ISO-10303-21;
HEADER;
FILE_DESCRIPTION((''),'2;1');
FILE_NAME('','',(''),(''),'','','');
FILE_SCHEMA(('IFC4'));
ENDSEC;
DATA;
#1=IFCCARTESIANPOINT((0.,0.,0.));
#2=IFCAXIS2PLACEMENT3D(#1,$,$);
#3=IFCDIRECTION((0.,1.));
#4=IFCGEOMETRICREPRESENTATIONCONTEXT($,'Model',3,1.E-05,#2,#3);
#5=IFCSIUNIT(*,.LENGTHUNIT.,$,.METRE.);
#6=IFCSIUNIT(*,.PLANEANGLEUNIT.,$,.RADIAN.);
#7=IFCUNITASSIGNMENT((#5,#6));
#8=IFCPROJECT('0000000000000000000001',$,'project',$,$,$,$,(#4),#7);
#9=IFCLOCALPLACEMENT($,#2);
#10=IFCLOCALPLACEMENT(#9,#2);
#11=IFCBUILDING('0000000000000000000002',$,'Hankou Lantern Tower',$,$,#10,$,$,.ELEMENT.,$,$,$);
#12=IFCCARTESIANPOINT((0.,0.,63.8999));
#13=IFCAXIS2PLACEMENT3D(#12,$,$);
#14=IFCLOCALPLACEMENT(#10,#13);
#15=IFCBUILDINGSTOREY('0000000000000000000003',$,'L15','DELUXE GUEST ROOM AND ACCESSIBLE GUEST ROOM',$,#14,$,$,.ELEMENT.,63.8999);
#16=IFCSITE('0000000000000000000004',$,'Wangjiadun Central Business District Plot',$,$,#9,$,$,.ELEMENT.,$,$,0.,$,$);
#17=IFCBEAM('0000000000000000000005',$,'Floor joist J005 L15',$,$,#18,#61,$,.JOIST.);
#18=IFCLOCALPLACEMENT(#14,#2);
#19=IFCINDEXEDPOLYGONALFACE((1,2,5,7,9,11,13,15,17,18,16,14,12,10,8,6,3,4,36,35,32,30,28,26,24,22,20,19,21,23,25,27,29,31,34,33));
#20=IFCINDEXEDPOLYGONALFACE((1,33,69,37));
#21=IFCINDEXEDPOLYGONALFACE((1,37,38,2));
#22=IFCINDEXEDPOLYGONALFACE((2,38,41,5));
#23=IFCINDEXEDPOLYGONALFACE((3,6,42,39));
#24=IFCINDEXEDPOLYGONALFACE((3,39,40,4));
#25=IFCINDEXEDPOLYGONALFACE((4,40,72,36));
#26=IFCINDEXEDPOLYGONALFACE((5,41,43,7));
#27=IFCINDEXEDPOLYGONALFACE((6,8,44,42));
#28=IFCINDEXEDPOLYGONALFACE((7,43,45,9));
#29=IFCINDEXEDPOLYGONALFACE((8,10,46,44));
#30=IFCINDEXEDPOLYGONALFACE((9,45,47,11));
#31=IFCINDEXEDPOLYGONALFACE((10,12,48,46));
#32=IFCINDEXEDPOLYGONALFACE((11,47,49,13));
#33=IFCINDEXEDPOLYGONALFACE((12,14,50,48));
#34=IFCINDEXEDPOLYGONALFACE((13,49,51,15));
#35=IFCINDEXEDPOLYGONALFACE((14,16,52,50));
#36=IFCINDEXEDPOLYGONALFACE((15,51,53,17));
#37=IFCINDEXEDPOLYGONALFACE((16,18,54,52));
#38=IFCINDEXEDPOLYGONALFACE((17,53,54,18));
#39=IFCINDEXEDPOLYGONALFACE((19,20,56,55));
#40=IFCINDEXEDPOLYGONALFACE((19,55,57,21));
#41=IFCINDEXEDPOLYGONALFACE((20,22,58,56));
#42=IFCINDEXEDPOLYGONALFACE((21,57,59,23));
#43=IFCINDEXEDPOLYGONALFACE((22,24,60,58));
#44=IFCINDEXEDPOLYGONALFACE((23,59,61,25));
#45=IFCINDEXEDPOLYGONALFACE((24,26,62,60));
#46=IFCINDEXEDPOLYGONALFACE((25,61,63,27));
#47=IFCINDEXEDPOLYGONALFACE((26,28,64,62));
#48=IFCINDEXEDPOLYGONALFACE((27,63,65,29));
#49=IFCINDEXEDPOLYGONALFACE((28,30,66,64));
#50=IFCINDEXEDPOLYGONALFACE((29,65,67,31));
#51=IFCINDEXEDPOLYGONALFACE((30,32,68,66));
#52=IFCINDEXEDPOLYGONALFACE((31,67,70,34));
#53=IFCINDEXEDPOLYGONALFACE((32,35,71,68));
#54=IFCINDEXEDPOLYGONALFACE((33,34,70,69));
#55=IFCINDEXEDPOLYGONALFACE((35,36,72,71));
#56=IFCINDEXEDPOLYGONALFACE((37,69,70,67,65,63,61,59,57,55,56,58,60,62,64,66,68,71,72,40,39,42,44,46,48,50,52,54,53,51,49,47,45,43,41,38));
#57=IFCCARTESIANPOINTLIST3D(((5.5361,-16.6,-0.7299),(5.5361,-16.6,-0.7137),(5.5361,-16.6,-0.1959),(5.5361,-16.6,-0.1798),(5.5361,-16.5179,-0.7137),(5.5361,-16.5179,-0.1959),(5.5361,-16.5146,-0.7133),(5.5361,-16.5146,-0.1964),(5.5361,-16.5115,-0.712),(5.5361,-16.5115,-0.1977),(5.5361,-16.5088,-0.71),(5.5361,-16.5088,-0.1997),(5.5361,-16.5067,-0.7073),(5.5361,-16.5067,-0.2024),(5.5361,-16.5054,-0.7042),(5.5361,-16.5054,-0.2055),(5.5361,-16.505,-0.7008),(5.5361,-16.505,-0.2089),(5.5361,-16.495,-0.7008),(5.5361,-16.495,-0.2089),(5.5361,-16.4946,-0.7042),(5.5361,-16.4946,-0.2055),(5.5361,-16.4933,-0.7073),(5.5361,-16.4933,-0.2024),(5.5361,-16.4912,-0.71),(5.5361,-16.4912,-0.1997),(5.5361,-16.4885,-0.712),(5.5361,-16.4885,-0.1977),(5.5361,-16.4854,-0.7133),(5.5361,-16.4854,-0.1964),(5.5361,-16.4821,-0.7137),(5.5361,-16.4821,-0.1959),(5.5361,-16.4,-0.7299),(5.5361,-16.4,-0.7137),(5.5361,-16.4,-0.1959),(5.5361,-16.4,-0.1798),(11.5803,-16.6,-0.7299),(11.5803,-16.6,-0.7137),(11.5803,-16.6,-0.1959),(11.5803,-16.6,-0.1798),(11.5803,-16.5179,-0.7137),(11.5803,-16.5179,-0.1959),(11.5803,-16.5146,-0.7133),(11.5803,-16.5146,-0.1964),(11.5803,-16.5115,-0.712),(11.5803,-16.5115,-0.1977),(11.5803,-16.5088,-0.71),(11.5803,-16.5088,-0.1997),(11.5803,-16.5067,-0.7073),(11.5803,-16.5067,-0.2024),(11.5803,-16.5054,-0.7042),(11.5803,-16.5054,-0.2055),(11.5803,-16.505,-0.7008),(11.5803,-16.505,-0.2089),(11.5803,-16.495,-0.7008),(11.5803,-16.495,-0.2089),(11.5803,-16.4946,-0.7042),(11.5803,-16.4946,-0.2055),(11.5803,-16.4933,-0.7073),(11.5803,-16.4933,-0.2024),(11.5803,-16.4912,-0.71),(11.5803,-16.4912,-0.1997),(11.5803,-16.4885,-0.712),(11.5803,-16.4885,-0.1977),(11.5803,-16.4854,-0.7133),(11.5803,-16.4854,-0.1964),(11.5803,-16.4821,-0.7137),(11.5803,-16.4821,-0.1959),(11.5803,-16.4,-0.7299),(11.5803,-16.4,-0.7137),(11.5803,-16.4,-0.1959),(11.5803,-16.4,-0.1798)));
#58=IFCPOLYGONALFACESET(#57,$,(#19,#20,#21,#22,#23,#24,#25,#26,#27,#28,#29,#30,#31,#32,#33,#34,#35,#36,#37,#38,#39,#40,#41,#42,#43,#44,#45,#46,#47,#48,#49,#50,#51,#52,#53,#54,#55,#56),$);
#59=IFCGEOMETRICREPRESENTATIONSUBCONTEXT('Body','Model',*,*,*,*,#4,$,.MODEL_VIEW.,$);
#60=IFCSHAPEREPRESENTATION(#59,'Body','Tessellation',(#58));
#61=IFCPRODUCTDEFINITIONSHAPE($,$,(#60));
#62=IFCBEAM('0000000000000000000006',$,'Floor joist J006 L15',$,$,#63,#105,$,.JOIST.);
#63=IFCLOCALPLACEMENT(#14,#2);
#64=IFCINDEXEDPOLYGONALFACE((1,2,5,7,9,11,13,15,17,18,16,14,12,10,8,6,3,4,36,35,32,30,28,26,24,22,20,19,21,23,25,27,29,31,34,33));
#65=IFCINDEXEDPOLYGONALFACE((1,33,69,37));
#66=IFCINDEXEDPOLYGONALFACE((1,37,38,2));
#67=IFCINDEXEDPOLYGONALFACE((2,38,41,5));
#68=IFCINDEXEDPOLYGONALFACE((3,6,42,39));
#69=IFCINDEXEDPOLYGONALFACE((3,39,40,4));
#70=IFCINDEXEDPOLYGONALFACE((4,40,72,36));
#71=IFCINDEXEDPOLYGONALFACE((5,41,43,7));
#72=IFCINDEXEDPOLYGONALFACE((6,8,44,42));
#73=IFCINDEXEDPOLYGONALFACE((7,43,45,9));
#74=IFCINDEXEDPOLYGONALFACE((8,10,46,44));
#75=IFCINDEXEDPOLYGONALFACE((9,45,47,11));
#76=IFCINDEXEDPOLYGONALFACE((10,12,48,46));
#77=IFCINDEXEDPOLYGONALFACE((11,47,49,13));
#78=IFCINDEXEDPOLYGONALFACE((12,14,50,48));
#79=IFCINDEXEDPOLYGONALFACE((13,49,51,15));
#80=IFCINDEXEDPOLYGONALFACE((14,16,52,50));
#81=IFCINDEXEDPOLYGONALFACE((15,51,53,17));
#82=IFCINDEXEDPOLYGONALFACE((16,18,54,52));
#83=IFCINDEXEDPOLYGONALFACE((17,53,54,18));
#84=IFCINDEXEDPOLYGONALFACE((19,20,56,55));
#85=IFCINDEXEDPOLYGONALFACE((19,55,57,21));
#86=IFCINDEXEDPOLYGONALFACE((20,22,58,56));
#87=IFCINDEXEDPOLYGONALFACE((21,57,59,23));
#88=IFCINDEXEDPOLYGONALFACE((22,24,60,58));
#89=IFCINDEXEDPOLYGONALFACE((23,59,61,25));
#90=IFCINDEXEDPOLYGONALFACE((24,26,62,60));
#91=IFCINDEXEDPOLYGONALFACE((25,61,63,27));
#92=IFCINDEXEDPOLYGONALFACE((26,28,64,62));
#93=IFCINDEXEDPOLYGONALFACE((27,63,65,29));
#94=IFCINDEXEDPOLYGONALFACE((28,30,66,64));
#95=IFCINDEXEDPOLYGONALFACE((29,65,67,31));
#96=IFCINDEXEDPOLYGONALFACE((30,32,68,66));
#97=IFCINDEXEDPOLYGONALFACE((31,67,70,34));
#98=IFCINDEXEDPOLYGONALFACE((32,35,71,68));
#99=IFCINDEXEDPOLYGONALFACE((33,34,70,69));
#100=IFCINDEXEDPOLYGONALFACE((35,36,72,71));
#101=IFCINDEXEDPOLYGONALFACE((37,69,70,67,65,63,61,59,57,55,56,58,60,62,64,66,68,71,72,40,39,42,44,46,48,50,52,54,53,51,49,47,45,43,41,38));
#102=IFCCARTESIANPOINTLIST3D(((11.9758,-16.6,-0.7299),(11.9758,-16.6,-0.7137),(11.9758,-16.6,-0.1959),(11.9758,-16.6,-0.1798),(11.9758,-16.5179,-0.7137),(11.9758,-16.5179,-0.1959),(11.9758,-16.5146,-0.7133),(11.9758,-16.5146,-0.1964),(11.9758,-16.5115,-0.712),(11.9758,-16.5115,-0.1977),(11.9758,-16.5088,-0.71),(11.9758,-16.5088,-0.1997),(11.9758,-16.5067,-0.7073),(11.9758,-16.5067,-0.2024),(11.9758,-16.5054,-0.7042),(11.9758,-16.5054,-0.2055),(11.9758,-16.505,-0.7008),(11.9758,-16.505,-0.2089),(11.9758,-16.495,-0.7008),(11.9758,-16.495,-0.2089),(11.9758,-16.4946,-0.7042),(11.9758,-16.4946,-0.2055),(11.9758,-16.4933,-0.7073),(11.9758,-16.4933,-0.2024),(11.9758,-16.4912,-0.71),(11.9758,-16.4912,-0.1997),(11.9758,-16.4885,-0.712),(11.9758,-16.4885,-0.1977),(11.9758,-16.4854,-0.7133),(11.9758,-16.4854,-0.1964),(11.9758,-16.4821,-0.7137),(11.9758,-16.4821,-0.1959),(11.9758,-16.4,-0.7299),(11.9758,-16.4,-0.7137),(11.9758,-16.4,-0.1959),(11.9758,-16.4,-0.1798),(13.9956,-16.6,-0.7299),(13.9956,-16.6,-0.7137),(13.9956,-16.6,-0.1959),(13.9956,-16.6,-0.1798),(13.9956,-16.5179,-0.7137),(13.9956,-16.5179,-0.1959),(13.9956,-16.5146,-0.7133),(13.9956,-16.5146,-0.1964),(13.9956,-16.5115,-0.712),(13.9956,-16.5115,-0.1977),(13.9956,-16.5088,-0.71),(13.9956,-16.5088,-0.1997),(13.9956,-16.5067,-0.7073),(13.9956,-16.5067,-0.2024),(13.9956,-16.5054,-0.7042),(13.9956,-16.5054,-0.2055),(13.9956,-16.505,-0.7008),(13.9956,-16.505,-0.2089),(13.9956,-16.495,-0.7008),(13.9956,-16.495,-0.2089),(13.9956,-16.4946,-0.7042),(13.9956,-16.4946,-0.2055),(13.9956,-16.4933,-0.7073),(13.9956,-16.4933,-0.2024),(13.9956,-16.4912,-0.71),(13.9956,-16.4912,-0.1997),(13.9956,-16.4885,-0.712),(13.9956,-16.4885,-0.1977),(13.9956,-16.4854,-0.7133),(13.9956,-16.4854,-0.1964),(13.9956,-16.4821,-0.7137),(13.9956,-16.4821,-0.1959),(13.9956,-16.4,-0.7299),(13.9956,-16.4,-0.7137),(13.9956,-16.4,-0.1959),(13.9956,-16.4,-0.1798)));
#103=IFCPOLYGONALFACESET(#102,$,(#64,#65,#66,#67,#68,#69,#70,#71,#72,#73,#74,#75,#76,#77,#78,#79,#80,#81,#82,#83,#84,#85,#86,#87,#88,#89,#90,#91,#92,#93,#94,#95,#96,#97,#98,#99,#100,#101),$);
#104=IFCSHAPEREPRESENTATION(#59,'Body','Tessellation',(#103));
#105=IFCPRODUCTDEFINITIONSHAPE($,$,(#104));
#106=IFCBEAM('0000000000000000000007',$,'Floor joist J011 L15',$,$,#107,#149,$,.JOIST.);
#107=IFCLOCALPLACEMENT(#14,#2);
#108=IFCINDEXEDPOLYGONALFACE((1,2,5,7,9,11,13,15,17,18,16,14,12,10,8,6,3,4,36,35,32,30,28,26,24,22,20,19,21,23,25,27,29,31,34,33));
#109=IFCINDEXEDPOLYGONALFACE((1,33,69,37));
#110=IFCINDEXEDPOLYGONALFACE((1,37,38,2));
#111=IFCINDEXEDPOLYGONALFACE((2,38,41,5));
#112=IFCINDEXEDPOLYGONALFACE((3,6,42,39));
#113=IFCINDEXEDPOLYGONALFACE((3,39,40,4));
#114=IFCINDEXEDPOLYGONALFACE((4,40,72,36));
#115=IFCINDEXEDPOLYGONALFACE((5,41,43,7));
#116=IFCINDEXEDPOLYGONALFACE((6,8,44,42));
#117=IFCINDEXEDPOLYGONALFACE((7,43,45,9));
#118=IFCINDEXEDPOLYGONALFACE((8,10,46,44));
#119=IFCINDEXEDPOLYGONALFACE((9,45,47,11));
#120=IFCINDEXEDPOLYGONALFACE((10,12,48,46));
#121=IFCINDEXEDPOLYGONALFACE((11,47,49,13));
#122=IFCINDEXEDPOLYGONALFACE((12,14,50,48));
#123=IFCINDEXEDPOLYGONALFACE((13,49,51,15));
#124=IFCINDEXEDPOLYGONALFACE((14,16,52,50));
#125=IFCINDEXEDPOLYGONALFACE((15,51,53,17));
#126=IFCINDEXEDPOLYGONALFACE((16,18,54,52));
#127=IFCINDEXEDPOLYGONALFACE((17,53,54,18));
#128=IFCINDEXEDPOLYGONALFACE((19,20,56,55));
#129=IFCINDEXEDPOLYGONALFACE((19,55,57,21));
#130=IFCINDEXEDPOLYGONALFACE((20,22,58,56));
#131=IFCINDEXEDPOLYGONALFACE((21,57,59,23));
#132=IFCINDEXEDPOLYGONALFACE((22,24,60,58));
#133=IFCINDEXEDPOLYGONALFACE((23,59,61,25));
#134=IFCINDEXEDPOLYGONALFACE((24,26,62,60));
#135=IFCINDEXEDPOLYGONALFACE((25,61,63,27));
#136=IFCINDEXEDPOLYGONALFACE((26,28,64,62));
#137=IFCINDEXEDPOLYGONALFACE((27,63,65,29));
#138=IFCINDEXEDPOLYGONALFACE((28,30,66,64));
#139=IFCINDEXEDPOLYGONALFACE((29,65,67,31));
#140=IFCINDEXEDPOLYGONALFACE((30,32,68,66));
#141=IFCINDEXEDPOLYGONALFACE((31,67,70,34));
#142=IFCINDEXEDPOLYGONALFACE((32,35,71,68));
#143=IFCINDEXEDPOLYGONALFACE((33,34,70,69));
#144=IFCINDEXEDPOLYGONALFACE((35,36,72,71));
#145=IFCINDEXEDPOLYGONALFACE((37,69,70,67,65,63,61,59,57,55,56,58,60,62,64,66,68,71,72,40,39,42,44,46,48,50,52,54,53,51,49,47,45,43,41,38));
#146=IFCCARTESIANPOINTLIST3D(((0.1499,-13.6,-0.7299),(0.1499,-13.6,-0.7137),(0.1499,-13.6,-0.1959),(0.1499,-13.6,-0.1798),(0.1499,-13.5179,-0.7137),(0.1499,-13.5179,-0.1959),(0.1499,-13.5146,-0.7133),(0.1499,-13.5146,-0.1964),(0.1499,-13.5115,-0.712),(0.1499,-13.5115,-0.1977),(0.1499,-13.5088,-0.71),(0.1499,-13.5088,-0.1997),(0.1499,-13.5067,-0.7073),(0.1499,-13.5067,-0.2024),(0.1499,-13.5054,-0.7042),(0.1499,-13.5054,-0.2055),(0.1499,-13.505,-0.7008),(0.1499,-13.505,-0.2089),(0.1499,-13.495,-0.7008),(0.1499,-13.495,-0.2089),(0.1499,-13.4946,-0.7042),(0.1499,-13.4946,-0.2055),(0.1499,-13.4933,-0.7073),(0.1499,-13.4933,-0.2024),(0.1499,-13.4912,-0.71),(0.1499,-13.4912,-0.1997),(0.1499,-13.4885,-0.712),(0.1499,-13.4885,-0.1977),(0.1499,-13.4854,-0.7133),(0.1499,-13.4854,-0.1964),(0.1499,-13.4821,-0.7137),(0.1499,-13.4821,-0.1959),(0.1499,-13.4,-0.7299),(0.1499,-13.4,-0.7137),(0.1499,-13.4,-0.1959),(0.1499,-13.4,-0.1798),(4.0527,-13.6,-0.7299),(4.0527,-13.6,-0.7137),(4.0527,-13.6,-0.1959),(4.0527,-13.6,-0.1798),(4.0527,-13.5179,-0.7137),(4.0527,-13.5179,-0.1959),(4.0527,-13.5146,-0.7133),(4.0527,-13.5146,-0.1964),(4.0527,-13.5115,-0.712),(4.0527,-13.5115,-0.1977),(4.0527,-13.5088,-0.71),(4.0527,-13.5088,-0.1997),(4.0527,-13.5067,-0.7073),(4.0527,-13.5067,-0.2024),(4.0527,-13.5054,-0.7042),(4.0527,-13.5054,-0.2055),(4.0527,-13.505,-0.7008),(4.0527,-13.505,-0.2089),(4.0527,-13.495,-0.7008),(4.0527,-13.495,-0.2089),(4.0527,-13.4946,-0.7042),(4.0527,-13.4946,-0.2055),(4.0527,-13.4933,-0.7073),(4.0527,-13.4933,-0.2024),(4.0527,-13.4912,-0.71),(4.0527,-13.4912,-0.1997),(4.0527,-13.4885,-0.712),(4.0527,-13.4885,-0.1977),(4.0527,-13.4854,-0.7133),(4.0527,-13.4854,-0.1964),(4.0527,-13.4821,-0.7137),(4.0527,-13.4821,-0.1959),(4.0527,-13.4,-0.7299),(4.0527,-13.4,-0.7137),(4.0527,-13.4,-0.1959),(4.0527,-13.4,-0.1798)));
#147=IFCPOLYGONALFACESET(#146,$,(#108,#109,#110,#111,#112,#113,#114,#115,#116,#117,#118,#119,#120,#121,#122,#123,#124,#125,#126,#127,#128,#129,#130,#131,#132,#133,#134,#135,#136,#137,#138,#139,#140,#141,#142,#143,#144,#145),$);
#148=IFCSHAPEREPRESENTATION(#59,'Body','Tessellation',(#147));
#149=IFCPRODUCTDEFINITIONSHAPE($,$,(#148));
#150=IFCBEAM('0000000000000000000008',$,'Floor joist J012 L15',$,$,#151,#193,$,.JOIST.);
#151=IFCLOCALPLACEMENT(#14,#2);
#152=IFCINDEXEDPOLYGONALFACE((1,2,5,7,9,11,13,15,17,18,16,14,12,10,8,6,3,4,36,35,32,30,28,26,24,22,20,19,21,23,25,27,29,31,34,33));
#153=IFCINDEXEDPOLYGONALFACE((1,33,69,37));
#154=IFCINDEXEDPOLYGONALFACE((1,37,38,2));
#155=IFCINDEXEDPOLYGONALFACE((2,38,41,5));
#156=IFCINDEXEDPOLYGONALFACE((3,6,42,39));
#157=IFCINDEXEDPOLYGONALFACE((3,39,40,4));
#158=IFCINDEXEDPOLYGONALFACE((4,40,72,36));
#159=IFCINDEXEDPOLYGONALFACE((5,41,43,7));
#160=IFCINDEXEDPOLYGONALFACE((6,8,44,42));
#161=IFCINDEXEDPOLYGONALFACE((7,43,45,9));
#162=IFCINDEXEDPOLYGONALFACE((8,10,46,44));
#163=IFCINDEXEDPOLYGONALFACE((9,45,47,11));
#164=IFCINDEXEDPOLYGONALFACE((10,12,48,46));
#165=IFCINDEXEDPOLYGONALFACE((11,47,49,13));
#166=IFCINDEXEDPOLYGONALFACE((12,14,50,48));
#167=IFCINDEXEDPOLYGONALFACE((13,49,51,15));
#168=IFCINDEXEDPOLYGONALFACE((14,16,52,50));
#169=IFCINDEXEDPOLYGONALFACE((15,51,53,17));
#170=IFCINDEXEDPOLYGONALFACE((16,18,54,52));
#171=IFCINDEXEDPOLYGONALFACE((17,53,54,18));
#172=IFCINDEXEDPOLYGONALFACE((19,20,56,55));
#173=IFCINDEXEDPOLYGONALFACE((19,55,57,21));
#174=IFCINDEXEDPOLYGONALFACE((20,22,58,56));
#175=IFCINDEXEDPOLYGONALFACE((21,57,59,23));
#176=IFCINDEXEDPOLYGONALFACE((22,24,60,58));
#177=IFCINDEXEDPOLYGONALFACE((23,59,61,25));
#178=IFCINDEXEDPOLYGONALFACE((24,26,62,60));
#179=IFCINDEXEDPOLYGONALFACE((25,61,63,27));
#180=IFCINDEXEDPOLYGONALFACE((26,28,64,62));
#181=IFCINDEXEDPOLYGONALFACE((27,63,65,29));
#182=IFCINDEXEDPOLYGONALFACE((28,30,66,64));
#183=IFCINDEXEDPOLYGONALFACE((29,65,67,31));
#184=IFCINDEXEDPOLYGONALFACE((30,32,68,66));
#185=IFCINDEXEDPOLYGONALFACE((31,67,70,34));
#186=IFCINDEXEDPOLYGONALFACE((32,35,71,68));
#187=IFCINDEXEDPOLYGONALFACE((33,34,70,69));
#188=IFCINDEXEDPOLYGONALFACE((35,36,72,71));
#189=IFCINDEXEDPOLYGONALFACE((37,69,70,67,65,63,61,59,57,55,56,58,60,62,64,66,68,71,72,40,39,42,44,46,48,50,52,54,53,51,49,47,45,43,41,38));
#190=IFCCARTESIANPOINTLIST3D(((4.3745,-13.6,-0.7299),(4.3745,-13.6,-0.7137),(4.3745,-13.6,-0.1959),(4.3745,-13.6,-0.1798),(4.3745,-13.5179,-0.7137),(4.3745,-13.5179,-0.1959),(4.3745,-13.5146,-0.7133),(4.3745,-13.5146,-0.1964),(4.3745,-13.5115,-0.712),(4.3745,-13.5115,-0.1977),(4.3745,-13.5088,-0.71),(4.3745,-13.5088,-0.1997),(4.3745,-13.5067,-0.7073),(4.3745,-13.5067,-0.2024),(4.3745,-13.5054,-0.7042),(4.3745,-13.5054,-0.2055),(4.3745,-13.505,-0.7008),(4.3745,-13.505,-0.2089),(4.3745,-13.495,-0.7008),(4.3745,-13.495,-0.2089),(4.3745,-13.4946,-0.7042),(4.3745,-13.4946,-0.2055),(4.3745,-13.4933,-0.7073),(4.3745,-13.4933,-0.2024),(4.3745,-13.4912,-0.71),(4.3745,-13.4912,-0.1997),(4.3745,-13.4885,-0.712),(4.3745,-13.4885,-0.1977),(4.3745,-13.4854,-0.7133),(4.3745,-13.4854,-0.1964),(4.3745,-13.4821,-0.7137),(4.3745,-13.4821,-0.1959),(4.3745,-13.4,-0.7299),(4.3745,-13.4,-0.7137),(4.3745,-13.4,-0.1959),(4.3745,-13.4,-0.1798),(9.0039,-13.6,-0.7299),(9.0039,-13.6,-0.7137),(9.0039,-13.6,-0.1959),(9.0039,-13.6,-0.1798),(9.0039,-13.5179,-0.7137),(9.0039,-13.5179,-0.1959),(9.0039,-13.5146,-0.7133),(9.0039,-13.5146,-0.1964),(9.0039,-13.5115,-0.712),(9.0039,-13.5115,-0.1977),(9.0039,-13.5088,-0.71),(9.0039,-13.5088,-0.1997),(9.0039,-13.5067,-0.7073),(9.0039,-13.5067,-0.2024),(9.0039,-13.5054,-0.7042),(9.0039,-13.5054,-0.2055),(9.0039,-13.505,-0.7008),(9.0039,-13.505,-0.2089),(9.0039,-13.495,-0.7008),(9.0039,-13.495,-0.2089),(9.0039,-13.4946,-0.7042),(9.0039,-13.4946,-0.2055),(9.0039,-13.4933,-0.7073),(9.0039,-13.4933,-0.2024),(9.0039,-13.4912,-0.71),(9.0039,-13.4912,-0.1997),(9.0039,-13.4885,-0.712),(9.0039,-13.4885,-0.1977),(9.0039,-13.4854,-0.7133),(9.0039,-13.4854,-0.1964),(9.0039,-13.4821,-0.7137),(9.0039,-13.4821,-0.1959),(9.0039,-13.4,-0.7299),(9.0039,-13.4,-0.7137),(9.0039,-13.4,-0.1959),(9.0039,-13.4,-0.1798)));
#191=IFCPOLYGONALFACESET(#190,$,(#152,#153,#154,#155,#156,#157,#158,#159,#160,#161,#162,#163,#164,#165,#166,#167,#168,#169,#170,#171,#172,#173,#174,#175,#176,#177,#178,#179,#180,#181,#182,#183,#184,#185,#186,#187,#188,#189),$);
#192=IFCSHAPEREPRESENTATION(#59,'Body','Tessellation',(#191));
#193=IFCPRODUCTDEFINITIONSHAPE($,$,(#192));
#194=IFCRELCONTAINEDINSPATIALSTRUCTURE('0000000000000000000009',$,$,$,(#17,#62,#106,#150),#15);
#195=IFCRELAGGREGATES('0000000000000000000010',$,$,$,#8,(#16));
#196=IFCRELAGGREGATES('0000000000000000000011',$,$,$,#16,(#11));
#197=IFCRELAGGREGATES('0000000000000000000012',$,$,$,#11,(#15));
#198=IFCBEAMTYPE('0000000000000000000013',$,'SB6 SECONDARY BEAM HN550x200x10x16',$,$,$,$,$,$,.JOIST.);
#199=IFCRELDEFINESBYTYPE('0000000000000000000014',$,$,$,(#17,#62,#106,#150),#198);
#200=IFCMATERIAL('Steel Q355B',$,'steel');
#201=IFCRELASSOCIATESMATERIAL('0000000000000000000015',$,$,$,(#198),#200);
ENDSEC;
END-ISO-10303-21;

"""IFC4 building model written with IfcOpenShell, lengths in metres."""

from ifc_helpers import new_model, si_unit, direction, frame, origin, origin_2d, place, context, subcontext, project, spatial, i_section, extrude, material, material_profile, profile_set, type_object, element, save


model = new_model("IFC4")

# Units and contexts
model_context = context("Model", 3, precision=1e-05, world=origin(), true_north=direction((0.0, 1.0)))
body_context = subcontext(model_context, "Body", "Model", "MODEL_VIEW")
ifc_project = project(units=[si_unit("LENGTHUNIT", "METRE"), si_unit("PLANEANGLEUNIT", "RADIAN")], contexts=[model_context])

# Site, building, storey
site_placement = place(None, origin())
site = spatial("IfcSite", under=ifc_project, at=site_placement, Name="Wangjiadun Central Business District Plot", CompositionType="ELEMENT", RefElevation=0.0)
building_placement = place(site_placement, origin())
building = spatial("IfcBuilding", under=site, at=building_placement, Name="Hankou Lantern Tower", CompositionType="ELEMENT")
storey_placement = place(building_placement, frame((0.0, 0.0, 63.8999)))
storey = spatial("IfcBuildingStorey", under=building, at=storey_placement, Name="L15", Description="DELUXE GUEST ROOM AND ACCESSIBLE GUEST ROOM", CompositionType="ELEMENT", Elevation=63.8999)

# Beams
ifc_material_1 = material(Name="Steel Q355B", Category="steel")
ifc_material_profile_1 = material_profile(ifc_material_1, i_section(OverallWidth=0.2, OverallDepth=0.55, WebThickness=0.01, FlangeThickness=0.0161, FilletRadius=0.0129, at=origin_2d()), Name="HN550x200x10x16")
ifc_profile_set_1 = profile_set([ifc_material_profile_1], Name="Steel Q355B")
beam_type_1 = type_object("IfcBeamType", Name="SB6 SECONDARY BEAM HN550x200x10x16", PredefinedType="JOIST", material=ifc_profile_set_1)
beam_1_placement = place(storey_placement, frame((5.5361, -16.5, -0.4548), z_axis=(1.0, 0.0, 0.0), x_axis=(0.0, 1.0, 0.0)))
element("IfcBeam", 1, at=beam_1_placement, inside=storey, type_object=beam_type_1, Name="Floor joist J005 L15", PredefinedType="JOIST", context=body_context, shape_type="SweptSolid", body=[
    extrude(i_section(OverallWidth=0.2, OverallDepth=0.55, WebThickness=0.01, FlangeThickness=0.0161, FilletRadius=0.0129, at=origin_2d()), origin(), (0.0, 0.0, 1.0), 6.0442),
])
beam_2_placement = place(storey_placement, frame((11.9758, -16.5, -0.4548), z_axis=(1.0, 0.0, 0.0), x_axis=(0.0, 1.0, 0.0)))
element("IfcBeam", 2, at=beam_2_placement, inside=storey, type_object=beam_type_1, Name="Floor joist J006 L15", PredefinedType="JOIST", context=body_context, shape_type="SweptSolid", body=[
    extrude(i_section(OverallWidth=0.2, OverallDepth=0.55, WebThickness=0.01, FlangeThickness=0.0161, FilletRadius=0.0129, at=origin_2d()), origin(), (0.0, 0.0, 1.0), 2.0198),
])
beam_3_placement = place(storey_placement, frame((0.1499, -13.5, -0.4548), z_axis=(1.0, 0.0, 0.0), x_axis=(0.0, 1.0, 0.0)))
element("IfcBeam", 3, at=beam_3_placement, inside=storey, type_object=beam_type_1, Name="Floor joist J011 L15", PredefinedType="JOIST", context=body_context, shape_type="SweptSolid", body=[
    extrude(i_section(OverallWidth=0.2, OverallDepth=0.55, WebThickness=0.01, FlangeThickness=0.0161, FilletRadius=0.0129, at=origin_2d()), origin(), (0.0, 0.0, 1.0), 3.9028),
])
beam_4_placement = place(storey_placement, frame((4.3745, -13.5, -0.4548), z_axis=(1.0, 0.0, 0.0), x_axis=(0.0, 1.0, 0.0)))
element("IfcBeam", 4, at=beam_4_placement, inside=storey, type_object=beam_type_1, Name="Floor joist J012 L15", PredefinedType="JOIST", context=body_context, shape_type="SweptSolid", body=[
    extrude(i_section(OverallWidth=0.2, OverallDepth=0.55, WebThickness=0.01, FlangeThickness=0.0161, FilletRadius=0.0129, at=origin_2d()), origin(), (0.0, 0.0, 1.0), 4.6294),
])

save(model, "model.ifc")
